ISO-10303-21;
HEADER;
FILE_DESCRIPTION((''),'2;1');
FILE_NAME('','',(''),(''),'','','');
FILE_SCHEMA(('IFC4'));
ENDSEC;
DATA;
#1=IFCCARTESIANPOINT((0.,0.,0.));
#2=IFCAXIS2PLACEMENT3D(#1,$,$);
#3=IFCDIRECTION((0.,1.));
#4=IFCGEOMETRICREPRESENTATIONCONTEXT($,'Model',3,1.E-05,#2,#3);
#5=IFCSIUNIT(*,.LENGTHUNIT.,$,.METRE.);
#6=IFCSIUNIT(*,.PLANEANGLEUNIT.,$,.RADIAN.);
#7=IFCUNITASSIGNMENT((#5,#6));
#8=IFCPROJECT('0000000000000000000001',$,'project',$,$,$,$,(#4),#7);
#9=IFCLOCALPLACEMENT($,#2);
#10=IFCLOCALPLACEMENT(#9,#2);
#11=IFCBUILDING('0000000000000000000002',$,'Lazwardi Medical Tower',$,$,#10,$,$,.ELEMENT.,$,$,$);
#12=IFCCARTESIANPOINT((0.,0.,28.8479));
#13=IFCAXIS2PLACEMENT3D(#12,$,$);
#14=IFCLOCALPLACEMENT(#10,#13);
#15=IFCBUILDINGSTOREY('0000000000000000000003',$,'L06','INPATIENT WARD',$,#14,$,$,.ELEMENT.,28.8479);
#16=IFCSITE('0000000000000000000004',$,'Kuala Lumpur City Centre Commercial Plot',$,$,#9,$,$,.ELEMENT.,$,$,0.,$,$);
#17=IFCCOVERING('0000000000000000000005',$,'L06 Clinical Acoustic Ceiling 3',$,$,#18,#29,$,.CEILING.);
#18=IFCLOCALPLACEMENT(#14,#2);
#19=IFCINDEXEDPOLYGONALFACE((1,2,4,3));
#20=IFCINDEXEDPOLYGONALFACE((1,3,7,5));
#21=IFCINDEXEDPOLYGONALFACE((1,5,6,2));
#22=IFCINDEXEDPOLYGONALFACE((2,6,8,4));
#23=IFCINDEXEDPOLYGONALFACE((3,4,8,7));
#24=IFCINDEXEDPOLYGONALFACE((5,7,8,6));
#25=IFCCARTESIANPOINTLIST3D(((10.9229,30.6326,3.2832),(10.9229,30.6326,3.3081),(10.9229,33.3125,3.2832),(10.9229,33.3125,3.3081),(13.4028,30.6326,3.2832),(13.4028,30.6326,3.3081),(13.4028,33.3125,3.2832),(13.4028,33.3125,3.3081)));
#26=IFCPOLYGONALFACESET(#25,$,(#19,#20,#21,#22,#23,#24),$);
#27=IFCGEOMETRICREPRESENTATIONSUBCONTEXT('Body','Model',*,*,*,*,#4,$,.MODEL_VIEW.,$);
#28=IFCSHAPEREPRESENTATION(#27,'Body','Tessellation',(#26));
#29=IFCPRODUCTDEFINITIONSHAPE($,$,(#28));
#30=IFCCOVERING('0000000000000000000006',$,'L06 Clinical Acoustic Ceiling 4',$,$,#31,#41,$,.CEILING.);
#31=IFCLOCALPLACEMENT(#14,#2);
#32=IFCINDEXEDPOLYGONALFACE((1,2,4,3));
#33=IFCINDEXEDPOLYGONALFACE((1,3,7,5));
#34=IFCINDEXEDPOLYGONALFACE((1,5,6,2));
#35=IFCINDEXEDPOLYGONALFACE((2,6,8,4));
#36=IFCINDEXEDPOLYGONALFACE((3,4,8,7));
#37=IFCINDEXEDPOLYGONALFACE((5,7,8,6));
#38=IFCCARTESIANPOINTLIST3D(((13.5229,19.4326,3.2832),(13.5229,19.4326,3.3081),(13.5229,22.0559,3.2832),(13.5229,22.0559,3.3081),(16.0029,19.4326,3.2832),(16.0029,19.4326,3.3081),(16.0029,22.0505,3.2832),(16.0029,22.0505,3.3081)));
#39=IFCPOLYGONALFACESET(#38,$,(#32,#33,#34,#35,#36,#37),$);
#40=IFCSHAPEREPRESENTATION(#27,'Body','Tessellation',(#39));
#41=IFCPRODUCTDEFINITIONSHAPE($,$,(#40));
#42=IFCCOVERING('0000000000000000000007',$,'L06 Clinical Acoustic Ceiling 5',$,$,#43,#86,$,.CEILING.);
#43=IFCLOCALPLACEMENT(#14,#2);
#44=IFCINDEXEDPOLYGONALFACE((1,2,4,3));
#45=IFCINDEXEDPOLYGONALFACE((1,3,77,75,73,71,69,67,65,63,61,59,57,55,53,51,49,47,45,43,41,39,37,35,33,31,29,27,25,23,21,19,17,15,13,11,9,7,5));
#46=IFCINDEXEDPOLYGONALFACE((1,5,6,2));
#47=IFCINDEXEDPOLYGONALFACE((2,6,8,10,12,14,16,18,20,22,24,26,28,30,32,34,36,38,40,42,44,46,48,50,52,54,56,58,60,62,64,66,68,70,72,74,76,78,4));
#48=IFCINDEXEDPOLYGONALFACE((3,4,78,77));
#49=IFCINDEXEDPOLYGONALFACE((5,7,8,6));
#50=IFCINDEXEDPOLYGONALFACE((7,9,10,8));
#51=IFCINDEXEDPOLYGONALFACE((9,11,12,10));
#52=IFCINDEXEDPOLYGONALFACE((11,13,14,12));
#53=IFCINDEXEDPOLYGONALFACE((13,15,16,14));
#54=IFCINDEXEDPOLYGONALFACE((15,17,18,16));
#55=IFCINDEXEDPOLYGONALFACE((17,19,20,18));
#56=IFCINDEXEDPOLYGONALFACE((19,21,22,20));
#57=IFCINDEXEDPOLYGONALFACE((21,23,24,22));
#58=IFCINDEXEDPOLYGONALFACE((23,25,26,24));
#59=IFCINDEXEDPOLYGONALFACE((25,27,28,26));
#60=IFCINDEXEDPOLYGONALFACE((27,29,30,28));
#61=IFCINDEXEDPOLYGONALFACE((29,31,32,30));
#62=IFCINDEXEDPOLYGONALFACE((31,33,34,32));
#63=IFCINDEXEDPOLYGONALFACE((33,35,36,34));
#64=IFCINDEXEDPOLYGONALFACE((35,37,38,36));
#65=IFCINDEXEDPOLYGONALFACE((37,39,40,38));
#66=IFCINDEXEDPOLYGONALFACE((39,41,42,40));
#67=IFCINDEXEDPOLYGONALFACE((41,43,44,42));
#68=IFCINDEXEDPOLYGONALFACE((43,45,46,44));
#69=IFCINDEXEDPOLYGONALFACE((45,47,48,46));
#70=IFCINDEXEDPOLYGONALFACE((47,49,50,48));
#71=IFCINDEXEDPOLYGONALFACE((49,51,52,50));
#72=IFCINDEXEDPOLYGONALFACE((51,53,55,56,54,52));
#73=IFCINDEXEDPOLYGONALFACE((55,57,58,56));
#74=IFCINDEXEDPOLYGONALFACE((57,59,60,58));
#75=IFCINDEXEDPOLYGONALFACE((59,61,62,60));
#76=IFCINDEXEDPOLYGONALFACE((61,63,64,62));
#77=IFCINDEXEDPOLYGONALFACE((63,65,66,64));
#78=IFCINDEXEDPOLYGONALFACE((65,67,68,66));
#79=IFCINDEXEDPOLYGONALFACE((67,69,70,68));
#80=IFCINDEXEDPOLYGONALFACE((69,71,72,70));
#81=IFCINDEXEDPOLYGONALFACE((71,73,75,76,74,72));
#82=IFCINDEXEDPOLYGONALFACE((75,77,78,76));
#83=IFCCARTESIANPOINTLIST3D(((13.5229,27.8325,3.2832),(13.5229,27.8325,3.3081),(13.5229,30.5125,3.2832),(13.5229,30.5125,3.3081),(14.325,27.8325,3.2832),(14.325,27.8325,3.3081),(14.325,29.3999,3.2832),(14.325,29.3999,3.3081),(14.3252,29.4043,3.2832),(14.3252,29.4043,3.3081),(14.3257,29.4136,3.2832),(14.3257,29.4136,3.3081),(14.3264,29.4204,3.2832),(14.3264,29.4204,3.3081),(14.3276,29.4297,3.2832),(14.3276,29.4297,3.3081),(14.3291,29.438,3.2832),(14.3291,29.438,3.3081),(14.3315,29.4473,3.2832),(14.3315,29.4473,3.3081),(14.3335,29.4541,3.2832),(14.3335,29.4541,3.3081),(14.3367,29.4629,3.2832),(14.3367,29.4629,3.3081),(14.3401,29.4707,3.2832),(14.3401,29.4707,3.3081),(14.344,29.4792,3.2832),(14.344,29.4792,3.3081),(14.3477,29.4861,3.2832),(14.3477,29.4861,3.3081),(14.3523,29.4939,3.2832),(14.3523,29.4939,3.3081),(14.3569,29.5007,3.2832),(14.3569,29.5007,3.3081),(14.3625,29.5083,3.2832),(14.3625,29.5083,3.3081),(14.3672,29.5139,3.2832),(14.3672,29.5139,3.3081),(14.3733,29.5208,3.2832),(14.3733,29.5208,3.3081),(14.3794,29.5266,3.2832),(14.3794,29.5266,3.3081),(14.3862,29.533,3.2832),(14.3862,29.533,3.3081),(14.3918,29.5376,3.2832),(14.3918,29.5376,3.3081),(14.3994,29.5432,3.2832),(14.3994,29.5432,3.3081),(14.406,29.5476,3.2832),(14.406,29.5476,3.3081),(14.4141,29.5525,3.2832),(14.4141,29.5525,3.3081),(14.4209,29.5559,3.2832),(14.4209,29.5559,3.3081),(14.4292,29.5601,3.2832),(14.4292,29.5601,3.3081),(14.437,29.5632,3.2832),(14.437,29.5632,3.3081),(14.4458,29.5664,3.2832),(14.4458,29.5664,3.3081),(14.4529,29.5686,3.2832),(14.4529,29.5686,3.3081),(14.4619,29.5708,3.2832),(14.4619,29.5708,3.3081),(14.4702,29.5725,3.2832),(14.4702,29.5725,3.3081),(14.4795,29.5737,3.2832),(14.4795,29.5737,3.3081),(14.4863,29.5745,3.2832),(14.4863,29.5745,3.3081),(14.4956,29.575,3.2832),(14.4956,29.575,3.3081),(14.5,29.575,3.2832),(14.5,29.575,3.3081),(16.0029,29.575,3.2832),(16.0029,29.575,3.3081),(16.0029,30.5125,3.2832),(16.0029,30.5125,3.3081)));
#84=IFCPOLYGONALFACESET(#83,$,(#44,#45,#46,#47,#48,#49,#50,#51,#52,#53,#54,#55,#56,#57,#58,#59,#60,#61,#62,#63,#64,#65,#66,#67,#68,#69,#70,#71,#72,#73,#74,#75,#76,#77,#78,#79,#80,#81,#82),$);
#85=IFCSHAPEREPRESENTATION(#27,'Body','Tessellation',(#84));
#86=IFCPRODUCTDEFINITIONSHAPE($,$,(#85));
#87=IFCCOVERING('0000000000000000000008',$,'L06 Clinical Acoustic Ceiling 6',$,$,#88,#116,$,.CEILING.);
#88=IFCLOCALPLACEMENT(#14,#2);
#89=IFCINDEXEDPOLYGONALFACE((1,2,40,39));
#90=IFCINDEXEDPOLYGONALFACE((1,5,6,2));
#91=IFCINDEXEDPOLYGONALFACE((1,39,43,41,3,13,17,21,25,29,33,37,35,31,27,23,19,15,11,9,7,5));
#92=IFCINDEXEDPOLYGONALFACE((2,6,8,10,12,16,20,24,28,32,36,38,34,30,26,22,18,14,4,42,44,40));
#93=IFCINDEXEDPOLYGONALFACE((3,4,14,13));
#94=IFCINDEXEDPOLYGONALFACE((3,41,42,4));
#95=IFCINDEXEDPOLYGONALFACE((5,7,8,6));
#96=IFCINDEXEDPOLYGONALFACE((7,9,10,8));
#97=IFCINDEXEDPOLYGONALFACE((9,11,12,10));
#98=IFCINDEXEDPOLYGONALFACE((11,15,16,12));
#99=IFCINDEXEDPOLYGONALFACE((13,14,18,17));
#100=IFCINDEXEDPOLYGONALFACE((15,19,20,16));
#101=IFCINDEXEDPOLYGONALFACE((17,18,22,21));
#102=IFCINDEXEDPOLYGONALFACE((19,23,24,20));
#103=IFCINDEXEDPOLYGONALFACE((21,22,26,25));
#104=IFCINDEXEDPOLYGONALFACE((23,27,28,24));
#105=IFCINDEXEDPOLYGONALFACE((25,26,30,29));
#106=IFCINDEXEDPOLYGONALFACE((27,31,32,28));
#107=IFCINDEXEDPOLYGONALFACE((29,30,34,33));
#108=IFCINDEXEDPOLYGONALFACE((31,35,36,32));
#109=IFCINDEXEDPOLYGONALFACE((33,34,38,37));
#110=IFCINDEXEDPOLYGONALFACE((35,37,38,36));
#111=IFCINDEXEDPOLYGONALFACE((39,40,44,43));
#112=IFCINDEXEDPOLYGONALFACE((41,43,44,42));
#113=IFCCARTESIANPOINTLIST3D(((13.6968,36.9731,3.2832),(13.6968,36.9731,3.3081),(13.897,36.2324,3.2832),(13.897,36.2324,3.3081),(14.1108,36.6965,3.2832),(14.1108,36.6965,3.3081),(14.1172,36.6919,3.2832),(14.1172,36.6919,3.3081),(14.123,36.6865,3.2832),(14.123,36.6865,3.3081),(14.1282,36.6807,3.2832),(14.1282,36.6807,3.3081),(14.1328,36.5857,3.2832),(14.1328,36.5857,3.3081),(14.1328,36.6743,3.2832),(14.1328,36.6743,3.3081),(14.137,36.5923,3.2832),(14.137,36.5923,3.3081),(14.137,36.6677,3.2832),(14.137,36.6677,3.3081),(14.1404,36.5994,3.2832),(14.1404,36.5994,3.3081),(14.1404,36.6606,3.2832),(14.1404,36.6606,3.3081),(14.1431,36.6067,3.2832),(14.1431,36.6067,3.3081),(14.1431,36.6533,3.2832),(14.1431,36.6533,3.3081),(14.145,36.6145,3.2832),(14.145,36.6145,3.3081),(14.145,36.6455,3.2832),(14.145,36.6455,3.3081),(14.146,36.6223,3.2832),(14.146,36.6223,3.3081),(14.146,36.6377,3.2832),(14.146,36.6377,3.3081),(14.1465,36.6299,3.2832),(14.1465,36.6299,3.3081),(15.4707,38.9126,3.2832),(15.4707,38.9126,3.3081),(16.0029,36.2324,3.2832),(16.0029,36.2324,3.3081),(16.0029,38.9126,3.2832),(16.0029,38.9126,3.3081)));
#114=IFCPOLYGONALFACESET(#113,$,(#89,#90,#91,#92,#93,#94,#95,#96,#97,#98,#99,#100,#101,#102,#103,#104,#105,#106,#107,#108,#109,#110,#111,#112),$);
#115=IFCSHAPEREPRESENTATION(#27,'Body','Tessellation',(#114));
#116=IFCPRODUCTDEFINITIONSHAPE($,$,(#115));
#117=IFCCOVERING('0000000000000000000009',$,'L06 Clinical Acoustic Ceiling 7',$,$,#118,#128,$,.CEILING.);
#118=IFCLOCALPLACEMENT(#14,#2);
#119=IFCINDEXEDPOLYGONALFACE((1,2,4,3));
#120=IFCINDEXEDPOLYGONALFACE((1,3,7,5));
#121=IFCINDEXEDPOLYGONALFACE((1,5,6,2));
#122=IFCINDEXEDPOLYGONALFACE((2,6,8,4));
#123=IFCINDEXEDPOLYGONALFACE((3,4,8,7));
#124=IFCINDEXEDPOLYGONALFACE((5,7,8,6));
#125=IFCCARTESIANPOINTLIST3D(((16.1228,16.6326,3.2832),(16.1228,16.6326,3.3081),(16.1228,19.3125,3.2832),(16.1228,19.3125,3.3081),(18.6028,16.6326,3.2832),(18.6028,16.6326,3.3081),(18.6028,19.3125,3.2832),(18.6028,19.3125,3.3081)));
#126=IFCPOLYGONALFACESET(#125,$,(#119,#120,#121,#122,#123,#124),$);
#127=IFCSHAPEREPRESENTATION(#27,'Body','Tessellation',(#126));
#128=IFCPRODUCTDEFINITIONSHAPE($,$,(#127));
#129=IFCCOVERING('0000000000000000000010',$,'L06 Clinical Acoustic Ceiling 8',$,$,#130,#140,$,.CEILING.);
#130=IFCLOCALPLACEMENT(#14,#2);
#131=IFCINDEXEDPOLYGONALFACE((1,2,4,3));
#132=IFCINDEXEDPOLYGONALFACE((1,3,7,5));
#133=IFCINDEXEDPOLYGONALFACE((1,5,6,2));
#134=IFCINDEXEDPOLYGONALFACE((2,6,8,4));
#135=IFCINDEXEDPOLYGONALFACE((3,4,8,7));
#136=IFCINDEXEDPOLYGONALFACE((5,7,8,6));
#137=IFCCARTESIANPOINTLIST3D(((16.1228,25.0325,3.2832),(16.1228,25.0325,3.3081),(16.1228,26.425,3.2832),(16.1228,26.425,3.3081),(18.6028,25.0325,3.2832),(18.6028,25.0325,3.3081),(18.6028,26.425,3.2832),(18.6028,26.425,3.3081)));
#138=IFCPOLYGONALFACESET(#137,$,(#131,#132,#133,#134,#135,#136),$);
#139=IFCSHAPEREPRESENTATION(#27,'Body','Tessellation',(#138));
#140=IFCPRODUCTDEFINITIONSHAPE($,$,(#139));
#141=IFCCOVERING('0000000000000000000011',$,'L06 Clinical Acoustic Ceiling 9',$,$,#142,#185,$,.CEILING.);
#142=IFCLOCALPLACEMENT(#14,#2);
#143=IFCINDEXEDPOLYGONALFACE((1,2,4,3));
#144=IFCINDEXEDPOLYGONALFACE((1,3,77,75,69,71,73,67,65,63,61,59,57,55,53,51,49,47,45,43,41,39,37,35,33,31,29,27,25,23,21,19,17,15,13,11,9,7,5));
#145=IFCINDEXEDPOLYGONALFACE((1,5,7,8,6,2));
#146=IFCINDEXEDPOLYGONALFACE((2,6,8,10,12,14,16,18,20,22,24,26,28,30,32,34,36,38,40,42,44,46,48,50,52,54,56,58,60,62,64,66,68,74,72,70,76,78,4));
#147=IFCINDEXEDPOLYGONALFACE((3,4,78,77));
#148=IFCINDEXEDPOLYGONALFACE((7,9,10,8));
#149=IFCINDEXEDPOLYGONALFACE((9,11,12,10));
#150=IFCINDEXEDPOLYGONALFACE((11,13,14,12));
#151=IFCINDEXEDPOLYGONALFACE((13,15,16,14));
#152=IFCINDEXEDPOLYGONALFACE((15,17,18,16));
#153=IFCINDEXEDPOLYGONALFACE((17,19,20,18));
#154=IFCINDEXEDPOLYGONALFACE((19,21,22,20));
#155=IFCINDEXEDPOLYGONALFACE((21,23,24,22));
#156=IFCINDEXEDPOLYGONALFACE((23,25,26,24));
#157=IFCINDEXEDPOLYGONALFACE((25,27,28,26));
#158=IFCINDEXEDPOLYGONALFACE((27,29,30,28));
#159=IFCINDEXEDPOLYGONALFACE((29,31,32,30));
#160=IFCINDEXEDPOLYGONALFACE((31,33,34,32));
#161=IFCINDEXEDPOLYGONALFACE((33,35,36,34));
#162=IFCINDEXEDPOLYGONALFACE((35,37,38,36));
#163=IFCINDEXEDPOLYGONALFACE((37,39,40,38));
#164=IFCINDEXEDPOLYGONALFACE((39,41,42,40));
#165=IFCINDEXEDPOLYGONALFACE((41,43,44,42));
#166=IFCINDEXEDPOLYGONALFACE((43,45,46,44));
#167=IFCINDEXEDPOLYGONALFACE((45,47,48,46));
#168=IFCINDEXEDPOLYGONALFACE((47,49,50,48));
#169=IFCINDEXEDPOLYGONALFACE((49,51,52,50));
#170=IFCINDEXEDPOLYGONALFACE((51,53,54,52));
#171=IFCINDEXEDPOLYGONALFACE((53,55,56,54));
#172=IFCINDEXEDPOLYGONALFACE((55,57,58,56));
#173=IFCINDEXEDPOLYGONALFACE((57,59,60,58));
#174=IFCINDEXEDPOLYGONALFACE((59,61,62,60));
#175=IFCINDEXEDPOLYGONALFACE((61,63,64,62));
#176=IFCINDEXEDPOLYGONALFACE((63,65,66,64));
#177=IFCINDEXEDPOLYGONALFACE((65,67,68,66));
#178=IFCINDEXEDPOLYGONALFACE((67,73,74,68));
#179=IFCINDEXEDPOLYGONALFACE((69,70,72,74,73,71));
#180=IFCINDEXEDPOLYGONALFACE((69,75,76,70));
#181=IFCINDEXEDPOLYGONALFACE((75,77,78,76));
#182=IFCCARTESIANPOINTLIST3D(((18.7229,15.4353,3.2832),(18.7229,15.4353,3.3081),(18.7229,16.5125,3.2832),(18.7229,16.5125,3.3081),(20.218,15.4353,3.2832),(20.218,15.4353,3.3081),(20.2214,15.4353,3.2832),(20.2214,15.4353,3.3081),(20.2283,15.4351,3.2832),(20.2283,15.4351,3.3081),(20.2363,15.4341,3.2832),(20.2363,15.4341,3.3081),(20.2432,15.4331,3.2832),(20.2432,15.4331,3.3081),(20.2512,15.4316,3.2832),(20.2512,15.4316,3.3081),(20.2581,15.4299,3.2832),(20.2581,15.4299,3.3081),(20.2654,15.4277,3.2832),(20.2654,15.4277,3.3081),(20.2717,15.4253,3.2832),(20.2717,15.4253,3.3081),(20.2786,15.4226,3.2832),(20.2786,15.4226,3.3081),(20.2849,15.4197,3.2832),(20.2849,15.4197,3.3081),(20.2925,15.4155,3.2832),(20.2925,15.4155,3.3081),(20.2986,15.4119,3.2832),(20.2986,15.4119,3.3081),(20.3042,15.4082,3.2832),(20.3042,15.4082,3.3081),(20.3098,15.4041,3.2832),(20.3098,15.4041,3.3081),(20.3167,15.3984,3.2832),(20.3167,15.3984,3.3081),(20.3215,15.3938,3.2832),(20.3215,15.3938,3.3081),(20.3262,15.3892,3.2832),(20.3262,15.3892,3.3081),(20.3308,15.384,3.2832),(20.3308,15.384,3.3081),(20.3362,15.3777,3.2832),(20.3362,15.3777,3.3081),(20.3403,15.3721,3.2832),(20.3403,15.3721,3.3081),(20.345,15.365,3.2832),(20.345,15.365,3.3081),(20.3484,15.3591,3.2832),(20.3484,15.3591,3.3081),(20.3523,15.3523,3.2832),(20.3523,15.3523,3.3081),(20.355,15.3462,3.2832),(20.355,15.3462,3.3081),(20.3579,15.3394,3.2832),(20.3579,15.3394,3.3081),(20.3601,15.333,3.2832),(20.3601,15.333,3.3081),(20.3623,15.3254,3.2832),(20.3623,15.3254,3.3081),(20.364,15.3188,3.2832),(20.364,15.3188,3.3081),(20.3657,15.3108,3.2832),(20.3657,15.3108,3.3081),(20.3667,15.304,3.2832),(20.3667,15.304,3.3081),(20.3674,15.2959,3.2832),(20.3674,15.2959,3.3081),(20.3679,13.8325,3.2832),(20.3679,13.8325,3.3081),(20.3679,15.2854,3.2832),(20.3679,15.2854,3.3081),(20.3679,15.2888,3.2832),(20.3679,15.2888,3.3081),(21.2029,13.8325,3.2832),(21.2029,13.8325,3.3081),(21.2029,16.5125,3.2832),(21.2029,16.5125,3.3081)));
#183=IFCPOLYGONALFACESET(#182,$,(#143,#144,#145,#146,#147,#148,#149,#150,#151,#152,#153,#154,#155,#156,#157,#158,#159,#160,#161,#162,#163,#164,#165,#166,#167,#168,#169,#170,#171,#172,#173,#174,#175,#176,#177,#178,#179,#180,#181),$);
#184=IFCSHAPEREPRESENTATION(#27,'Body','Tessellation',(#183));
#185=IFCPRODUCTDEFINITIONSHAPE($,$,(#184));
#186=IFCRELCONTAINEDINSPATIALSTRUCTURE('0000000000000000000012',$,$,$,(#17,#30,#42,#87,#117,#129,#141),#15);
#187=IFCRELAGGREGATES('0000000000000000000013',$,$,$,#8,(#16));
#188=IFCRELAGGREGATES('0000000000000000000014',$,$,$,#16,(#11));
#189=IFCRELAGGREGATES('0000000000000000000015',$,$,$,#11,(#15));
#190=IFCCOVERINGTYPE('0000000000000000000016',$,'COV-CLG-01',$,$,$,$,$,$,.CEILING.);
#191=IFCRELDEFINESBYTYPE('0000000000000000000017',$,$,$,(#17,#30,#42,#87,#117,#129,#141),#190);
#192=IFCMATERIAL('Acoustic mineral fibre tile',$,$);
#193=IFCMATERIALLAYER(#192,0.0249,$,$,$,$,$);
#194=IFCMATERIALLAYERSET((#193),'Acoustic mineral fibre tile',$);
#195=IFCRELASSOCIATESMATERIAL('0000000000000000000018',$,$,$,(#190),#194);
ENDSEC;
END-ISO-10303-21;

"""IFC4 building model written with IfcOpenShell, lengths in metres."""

from ifc_helpers import new_model, si_unit, direction, frame, origin, place, context, subcontext, project, spatial, polyline, outline, extrude, material, layer, layer_set, type_object, element, save


model = new_model("IFC4")

# Units and contexts
model_context = context("Model", 3, precision=1e-05, world=origin(), true_north=direction((0.0, 1.0)))
body_context = subcontext(model_context, "Body", "Model", "MODEL_VIEW")
ifc_project = project(units=[si_unit("LENGTHUNIT", "METRE"), si_unit("PLANEANGLEUNIT", "RADIAN")], contexts=[model_context])

# Site, building, storey
site_placement = place(None, origin())
site = spatial("IfcSite", under=ifc_project, at=site_placement, Name="Kuala Lumpur City Centre Commercial Plot", CompositionType="ELEMENT", RefElevation=0.0)
building_placement = place(site_placement, origin())
building = spatial("IfcBuilding", under=site, at=building_placement, Name="Lazwardi Medical Tower", CompositionType="ELEMENT")
storey_placement = place(building_placement, frame((0.0, 0.0, 28.8479)))
storey = spatial("IfcBuildingStorey", under=building, at=storey_placement, Name="L06", Description="INPATIENT WARD", CompositionType="ELEMENT", Elevation=28.8479)

# Coverings
ifc_material_1 = material(Name="Acoustic mineral fibre tile")
ifc_layer_1 = layer(ifc_material_1, 0.0249)
ifc_layer_set_1 = layer_set([ifc_layer_1], Name="Acoustic mineral fibre tile")
covering_type_1 = type_object("IfcCoveringType", Name="COV-CLG-01", PredefinedType="CEILING", material=ifc_layer_set_1)
covering_1_placement = place(storey_placement, frame((0.0, 0.0, 3.2832)))
element("IfcCovering", 1, at=covering_1_placement, inside=storey, type_object=covering_type_1, Name="L06 Clinical Acoustic Ceiling 3", PredefinedType="CEILING", context=body_context, shape_type="SweptSolid", body=[
    extrude(outline(polyline([(13.4028, 30.6326), (13.4028, 33.3125), (10.9229, 33.3125), (10.9229, 30.6326), (13.4028, 30.6326)])), origin(), (0.0, 0.0, 1.0), 0.0249),
])
covering_2_placement = place(storey_placement, frame((0.0, 0.0, 3.2832)))
element("IfcCovering", 2, at=covering_2_placement, inside=storey, type_object=covering_type_1, Name="L06 Clinical Acoustic Ceiling 4", PredefinedType="CEILING", context=body_context, shape_type="SweptSolid", body=[
    extrude(outline(polyline([(16.0029, 22.0505), (13.5229, 22.0559), (13.5229, 19.4326), (16.0029, 19.4326), (16.0029, 22.0505)])), origin(), (0.0, 0.0, 1.0), 0.0249),
])
covering_3_placement = place(storey_placement, frame((0.0, 0.0, 3.2832)))
element("IfcCovering", 3, at=covering_3_placement, inside=storey, type_object=covering_type_1, Name="L06 Clinical Acoustic Ceiling 5", PredefinedType="CEILING", context=body_context, shape_type="SweptSolid", body=[
    extrude(outline(polyline([(14.325, 27.8325), (14.325, 29.3999), (14.3252, 29.4043), (14.3257, 29.4136), (14.3264, 29.4204), (14.3276, 29.4297), (14.3291, 29.438), (14.3315, 29.4473), (14.3335, 29.4541), (14.3367, 29.4629), (14.3401, 29.4707), (14.344, 29.4792), (14.3477, 29.4861), (14.3523, 29.4939), (14.3569, 29.5007), (14.3625, 29.5083), (14.3672, 29.5139), (14.3733, 29.5208), (14.3794, 29.5266), (14.3862, 29.533), (14.3918, 29.5376), (14.3994, 29.5432), (14.406, 29.5476), (14.4141, 29.5525), (14.4209, 29.5559), (14.4292, 29.5601), (14.437, 29.5632), (14.4458, 29.5664), (14.4529, 29.5686), (14.4619, 29.5708), (14.4702, 29.5725), (14.4795, 29.5737), (14.4863, 29.5745), (14.4956, 29.575), (14.5, 29.575), (16.0029, 29.575), (16.0029, 30.5125), (13.5229, 30.5125), (13.5229, 27.8325), (14.325, 27.8325)])), origin(), (0.0, 0.0, 1.0), 0.0249),
])
covering_4_placement = place(storey_placement, frame((0.0, 0.0, 3.2832)))
element("IfcCovering", 4, at=covering_4_placement, inside=storey, type_object=covering_type_1, Name="L06 Clinical Acoustic Ceiling 6", PredefinedType="CEILING", context=body_context, shape_type="SweptSolid", body=[
    extrude(outline(polyline([(15.4707, 38.9126), (13.6968, 36.9731), (14.1108, 36.6965), (14.1172, 36.6919), (14.123, 36.6865), (14.1282, 36.6807), (14.1328, 36.6743), (14.137, 36.6677), (14.1404, 36.6606), (14.1431, 36.6533), (14.145, 36.6455), (14.146, 36.6377), (14.1465, 36.6299), (14.146, 36.6223), (14.145, 36.6145), (14.1431, 36.6067), (14.1404, 36.5994), (14.137, 36.5923), (14.1328, 36.5857), (13.897, 36.2324), (16.0029, 36.2324), (16.0029, 38.9126), (15.4707, 38.9126)])), origin(), (0.0, 0.0, 1.0), 0.0249),
])
covering_5_placement = place(storey_placement, frame((0.0, 0.0, 3.2832)))
element("IfcCovering", 5, at=covering_5_placement, inside=storey, type_object=covering_type_1, Name="L06 Clinical Acoustic Ceiling 7", PredefinedType="CEILING", context=body_context, shape_type="SweptSolid", body=[
    extrude(outline(polyline([(18.6028, 16.6326), (18.6028, 19.3125), (16.1228, 19.3125), (16.1228, 16.6326), (18.6028, 16.6326)])), origin(), (0.0, 0.0, 1.0), 0.0249),
])
covering_6_placement = place(storey_placement, frame((0.0, 0.0, 3.2832)))
element("IfcCovering", 6, at=covering_6_placement, inside=storey, type_object=covering_type_1, Name="L06 Clinical Acoustic Ceiling 8", PredefinedType="CEILING", context=body_context, shape_type="SweptSolid", body=[
    extrude(outline(polyline([(18.6028, 26.425), (16.1228, 26.425), (16.1228, 25.0325), (18.6028, 25.0325), (18.6028, 26.425)])), origin(), (0.0, 0.0, 1.0), 0.0249),
])
covering_7_placement = place(storey_placement, frame((0.0, 0.0, 3.2832)))
element("IfcCovering", 7, at=covering_7_placement, inside=storey, type_object=covering_type_1, Name="L06 Clinical Acoustic Ceiling 9", PredefinedType="CEILING", context=body_context, shape_type="SweptSolid", body=[
    extrude(outline(polyline([(18.7229, 15.4353), (20.218, 15.4353), (20.2214, 15.4353), (20.2283, 15.4351), (20.2363, 15.4341), (20.2432, 15.4331), (20.2512, 15.4316), (20.2581, 15.4299), (20.2654, 15.4277), (20.2717, 15.4253), (20.2786, 15.4226), (20.2849, 15.4197), (20.2925, 15.4155), (20.2986, 15.4119), (20.3042, 15.4082), (20.3098, 15.4041), (20.3167, 15.3984), (20.3215, 15.3938), (20.3262, 15.3892), (20.3308, 15.384), (20.3362, 15.3777), (20.3403, 15.3721), (20.345, 15.365), (20.3484, 15.3591), (20.3523, 15.3523), (20.355, 15.3462), (20.3579, 15.3394), (20.3601, 15.333), (20.3623, 15.3254), (20.364, 15.3188), (20.3657, 15.3108), (20.3667, 15.304), (20.3674, 15.2959), (20.3679, 15.2888), (20.3679, 15.2854), (20.3679, 13.8325), (21.2029, 13.8325), (21.2029, 16.5125), (18.7229, 16.5125), (18.7229, 15.4353)])), origin(), (0.0, 0.0, 1.0), 0.0249),
])

save(model, "model.ifc")
